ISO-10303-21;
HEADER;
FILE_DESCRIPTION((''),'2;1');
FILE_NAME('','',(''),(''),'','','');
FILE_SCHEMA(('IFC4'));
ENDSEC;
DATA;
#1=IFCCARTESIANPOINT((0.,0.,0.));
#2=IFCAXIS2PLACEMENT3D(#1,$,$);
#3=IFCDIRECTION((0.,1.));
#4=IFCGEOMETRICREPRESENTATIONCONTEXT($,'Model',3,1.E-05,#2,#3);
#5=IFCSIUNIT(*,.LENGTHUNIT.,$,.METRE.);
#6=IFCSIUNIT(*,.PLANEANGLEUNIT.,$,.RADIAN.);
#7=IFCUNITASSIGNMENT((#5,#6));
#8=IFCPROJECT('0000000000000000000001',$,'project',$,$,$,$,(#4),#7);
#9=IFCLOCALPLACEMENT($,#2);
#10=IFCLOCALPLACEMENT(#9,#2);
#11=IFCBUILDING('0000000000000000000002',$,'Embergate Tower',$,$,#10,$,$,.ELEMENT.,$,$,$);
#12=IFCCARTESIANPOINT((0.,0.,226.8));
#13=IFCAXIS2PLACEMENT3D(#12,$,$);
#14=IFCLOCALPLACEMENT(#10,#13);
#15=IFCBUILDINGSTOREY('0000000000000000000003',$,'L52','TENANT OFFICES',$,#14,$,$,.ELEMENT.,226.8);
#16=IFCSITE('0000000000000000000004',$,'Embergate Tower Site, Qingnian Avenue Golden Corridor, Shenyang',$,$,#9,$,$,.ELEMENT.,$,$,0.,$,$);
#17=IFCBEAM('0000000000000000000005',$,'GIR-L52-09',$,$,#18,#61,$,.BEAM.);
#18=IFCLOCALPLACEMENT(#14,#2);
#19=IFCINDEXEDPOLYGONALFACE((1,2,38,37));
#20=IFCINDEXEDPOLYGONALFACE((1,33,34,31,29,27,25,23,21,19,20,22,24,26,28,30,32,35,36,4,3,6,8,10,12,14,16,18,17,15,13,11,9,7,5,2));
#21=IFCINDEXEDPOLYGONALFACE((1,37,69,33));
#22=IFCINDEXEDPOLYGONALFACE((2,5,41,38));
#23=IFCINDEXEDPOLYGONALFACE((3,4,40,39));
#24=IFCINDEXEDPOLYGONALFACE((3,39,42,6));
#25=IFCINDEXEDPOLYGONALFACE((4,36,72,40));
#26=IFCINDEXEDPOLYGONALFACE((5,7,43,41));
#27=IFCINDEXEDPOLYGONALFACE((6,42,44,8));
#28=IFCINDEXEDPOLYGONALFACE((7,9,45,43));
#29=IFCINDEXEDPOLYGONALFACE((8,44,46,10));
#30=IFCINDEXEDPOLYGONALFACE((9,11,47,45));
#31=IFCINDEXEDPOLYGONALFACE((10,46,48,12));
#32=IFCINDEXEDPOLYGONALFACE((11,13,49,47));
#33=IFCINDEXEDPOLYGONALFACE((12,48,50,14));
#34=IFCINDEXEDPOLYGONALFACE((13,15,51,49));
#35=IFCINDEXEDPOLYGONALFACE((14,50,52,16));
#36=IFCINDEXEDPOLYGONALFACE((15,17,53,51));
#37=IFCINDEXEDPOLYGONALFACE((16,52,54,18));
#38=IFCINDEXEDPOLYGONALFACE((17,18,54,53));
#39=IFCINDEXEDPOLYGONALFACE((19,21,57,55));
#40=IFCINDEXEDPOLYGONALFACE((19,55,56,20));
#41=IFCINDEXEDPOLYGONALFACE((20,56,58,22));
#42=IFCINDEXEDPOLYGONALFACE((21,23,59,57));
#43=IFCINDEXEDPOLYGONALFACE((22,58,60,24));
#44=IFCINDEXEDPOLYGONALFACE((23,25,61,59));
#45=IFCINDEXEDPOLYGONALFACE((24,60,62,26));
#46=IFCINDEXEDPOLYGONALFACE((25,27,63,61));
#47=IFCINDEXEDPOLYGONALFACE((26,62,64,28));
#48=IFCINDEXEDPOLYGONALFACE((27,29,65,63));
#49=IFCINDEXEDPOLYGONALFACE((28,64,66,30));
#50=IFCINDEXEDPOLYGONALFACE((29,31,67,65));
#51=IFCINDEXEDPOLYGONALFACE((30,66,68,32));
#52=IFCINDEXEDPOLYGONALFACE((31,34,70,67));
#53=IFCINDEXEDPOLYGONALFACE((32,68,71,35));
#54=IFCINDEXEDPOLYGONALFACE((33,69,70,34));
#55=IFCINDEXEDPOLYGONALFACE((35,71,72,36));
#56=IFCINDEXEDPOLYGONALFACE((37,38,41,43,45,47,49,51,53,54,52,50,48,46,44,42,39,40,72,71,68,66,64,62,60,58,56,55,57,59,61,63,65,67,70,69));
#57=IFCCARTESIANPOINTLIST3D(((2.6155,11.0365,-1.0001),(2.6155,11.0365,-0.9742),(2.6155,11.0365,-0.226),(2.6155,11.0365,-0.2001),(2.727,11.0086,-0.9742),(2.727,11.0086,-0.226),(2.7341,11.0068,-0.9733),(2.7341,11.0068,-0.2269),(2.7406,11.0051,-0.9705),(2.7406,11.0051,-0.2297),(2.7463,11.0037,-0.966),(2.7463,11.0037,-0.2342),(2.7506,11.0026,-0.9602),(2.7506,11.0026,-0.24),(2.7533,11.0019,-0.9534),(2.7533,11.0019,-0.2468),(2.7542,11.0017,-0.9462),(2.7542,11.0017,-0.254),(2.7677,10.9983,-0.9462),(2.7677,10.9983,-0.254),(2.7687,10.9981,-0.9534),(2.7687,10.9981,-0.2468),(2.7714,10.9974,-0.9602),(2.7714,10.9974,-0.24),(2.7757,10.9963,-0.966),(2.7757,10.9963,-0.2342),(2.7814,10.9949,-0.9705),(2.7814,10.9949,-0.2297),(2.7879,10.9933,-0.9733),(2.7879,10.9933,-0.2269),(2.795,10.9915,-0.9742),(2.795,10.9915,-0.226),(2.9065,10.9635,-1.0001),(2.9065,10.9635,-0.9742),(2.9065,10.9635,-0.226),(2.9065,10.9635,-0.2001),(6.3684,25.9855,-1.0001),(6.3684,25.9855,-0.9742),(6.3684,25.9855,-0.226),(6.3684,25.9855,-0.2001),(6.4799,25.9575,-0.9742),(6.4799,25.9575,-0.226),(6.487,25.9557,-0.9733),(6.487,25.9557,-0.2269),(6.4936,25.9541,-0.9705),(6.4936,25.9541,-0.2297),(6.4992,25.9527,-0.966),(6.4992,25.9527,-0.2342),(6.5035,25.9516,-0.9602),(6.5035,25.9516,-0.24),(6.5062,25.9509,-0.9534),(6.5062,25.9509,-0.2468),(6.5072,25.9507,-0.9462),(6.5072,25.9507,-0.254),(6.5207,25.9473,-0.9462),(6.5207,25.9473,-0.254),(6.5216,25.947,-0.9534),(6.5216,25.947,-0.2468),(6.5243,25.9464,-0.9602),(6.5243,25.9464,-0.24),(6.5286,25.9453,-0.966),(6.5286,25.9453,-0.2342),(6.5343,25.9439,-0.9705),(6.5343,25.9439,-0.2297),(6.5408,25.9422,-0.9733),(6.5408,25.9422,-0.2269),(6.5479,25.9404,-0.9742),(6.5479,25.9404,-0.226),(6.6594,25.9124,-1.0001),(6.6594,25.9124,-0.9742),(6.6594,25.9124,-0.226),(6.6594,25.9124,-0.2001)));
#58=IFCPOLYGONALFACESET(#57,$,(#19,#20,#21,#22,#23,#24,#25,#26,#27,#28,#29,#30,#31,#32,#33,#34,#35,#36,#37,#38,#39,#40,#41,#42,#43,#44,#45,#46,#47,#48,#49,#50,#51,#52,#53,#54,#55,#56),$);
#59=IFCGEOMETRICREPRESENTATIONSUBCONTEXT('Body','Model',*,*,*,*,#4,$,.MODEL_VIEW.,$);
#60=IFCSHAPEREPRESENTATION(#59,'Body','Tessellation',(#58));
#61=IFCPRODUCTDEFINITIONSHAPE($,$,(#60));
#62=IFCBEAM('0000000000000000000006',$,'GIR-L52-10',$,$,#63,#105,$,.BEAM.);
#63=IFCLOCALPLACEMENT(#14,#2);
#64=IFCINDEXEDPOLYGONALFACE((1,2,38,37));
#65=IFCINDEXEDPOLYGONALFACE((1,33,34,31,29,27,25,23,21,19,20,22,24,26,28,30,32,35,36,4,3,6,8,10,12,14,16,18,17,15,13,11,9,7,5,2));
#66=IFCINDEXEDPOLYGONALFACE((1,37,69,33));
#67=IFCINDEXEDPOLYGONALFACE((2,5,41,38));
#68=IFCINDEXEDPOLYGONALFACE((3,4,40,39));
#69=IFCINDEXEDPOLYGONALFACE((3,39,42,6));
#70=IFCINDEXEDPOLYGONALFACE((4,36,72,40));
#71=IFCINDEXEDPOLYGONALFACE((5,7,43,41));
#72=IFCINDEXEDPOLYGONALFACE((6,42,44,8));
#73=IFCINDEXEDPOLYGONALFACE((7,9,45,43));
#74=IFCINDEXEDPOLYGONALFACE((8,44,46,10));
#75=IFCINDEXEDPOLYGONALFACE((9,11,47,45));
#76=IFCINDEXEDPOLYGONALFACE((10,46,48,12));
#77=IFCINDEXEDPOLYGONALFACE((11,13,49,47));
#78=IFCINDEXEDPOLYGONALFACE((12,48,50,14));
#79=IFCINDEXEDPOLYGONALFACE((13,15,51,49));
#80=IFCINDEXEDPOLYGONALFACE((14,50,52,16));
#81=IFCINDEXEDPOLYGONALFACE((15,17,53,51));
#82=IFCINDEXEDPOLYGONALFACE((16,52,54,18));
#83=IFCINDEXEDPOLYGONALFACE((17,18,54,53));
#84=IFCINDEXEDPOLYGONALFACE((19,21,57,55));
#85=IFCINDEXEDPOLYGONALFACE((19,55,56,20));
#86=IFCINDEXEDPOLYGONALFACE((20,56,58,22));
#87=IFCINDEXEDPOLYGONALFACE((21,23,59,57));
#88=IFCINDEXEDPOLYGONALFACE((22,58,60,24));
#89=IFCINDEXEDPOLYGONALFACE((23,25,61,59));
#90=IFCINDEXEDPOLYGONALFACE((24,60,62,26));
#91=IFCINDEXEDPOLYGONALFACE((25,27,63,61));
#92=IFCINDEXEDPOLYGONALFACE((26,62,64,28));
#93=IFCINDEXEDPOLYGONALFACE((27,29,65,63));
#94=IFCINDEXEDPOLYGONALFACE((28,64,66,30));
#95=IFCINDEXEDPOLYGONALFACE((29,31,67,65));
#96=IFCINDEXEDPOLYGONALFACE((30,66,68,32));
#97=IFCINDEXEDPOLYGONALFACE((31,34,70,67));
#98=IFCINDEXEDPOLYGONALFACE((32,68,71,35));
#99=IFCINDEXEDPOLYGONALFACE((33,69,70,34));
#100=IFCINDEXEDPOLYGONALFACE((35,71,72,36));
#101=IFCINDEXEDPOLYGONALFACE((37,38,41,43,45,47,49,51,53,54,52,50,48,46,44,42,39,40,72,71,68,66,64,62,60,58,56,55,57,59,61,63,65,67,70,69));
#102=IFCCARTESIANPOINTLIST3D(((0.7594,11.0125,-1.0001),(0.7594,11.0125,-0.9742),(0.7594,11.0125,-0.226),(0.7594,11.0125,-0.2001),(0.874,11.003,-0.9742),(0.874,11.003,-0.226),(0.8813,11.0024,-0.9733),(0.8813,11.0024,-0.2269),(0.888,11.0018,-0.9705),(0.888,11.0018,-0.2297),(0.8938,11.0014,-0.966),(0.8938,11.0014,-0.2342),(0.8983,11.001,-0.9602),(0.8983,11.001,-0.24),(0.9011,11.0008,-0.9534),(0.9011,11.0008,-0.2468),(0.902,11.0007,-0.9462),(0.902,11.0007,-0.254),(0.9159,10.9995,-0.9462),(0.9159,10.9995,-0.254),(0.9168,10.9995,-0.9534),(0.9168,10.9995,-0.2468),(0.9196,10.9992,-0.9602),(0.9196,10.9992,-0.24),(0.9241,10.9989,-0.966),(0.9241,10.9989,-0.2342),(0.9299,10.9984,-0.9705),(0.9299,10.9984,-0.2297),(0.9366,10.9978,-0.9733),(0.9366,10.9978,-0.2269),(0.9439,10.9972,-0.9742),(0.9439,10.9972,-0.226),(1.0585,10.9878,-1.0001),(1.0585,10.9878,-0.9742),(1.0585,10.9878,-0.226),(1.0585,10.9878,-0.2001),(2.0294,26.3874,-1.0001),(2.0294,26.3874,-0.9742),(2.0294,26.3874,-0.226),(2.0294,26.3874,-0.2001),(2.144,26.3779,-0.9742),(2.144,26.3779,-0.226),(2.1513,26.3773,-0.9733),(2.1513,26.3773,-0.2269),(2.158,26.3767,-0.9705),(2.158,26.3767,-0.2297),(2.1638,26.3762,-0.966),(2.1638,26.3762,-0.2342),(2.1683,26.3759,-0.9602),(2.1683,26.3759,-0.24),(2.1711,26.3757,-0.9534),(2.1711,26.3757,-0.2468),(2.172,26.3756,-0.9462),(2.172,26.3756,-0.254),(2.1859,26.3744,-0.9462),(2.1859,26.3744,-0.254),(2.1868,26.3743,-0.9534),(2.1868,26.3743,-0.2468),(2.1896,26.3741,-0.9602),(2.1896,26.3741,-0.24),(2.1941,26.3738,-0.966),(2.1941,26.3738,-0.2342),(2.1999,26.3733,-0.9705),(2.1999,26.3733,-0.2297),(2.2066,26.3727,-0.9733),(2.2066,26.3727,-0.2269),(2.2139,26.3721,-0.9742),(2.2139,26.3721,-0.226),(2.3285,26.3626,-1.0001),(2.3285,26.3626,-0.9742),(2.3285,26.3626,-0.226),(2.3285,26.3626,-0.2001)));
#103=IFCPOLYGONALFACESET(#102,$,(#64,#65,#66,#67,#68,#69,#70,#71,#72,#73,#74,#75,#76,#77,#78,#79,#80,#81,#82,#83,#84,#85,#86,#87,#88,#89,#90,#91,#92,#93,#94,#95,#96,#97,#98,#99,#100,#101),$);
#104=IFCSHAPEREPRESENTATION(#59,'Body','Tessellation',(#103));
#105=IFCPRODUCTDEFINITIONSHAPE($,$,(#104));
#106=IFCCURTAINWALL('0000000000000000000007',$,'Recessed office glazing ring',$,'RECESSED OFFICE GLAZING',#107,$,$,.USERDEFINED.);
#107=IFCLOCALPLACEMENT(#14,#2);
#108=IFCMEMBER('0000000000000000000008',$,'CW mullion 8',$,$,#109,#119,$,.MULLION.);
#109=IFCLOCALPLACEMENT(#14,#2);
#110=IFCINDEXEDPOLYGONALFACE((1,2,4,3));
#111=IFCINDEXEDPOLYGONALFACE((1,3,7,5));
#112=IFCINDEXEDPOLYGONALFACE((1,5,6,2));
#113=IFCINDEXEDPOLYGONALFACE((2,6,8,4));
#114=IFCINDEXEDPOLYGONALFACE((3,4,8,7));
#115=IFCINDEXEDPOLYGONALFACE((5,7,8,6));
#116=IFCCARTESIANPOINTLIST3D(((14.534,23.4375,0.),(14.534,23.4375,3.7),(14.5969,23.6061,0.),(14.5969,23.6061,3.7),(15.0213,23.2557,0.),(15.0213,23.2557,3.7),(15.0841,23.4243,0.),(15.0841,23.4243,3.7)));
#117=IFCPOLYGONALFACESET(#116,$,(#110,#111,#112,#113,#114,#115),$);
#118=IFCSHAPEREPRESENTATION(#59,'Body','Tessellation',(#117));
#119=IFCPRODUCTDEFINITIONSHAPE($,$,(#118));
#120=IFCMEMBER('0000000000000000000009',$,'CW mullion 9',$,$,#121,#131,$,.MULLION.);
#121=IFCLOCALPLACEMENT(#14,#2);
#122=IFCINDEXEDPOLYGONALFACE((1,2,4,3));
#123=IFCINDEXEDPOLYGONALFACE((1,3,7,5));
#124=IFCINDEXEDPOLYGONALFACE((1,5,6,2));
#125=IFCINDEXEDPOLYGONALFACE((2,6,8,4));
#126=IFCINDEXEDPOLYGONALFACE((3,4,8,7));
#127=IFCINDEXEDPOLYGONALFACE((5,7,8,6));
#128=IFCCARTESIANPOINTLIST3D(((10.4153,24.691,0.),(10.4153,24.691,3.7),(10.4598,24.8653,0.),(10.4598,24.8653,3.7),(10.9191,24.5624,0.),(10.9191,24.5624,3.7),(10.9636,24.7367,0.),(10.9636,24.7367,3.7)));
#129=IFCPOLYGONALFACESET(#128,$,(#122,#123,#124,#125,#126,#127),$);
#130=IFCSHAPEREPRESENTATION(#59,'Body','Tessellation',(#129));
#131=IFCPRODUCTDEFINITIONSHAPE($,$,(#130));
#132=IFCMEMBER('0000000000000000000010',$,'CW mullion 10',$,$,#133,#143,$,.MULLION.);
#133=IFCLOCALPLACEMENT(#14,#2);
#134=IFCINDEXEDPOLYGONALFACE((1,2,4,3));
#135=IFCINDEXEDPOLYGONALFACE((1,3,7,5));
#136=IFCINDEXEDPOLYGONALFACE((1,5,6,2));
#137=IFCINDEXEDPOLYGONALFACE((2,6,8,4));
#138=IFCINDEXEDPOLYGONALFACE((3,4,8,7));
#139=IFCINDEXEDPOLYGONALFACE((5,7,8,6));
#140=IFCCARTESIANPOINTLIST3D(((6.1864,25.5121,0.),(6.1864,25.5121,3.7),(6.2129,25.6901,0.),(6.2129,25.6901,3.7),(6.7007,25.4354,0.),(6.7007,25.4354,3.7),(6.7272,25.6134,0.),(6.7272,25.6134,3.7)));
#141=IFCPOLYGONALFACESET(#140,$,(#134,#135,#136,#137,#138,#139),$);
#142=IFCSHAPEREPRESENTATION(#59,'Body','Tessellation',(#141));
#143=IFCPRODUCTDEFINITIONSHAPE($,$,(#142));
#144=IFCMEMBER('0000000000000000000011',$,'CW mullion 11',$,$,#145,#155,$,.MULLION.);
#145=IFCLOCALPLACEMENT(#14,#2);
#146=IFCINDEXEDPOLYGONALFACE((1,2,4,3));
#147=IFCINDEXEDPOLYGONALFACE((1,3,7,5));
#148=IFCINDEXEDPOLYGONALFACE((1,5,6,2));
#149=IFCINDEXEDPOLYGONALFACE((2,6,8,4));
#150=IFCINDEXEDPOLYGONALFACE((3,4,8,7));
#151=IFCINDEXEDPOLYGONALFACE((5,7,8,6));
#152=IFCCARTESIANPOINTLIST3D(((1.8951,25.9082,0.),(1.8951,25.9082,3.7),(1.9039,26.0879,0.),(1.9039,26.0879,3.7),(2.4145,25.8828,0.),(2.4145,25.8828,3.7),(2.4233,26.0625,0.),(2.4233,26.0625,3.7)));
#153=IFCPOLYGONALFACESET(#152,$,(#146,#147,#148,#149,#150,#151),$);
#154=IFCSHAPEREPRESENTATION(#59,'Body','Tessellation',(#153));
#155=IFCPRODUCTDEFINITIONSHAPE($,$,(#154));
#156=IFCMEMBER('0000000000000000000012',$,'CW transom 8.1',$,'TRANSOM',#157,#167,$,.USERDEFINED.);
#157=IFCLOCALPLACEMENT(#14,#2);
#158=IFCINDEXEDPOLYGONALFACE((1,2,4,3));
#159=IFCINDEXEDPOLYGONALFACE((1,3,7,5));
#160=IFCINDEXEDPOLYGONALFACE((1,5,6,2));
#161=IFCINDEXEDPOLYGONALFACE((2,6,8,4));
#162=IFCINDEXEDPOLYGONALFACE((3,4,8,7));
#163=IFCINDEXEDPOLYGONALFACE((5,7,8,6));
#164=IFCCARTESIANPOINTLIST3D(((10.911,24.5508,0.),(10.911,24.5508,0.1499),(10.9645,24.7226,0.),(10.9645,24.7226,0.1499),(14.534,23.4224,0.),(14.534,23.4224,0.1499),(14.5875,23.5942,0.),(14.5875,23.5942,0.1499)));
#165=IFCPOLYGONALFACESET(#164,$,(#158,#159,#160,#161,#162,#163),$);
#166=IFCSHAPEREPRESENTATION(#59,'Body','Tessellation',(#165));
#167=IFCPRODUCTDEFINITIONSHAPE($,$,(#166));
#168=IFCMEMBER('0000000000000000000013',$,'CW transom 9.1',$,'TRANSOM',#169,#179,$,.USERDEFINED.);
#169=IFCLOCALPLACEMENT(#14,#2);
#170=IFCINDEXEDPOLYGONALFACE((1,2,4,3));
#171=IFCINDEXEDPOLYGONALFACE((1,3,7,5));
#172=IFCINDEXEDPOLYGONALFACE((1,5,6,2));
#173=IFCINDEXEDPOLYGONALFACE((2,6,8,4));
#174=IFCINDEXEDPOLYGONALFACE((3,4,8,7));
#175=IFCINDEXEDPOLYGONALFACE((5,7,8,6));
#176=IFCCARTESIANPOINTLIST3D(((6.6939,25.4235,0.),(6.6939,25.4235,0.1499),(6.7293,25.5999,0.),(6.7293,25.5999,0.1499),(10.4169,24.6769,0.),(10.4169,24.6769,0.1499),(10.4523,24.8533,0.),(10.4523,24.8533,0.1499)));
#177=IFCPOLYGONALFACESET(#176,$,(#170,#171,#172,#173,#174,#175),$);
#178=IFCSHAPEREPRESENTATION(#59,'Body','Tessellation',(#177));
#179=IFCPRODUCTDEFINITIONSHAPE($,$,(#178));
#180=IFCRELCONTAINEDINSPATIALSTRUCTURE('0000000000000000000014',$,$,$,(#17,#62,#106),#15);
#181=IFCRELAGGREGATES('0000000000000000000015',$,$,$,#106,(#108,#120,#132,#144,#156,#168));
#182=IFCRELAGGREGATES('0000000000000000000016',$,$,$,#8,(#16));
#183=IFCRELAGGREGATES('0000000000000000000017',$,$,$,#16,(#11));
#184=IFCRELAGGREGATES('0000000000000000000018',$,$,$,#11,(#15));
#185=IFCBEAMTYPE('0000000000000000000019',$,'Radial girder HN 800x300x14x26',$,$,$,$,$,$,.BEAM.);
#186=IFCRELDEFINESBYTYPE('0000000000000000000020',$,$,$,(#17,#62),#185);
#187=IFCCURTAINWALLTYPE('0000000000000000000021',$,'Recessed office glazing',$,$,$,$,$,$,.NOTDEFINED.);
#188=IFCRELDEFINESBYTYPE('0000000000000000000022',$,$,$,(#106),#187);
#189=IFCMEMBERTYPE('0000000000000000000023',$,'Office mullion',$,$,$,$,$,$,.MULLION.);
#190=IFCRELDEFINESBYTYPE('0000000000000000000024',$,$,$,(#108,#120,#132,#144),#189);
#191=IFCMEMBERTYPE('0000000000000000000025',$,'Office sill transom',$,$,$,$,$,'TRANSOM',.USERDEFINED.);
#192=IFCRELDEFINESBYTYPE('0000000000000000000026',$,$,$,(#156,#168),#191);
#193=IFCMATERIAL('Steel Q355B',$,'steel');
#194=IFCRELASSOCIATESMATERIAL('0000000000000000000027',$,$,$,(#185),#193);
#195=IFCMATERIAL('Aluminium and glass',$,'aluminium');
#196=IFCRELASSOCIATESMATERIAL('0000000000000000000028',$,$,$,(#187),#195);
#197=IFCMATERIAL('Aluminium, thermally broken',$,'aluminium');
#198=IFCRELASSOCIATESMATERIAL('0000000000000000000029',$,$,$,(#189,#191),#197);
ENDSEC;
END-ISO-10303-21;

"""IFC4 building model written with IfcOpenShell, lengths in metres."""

from ifc_helpers import new_model, si_unit, direction, frame, origin, origin_2d, place, context, subcontext, project, spatial, rectangle, i_section, extrude, source, transform, mapped, material, material_profile, profile_set, type_object, element, aggregate, save


model = new_model("IFC4")

# Units and contexts
model_context = context("Model", 3, precision=1e-05, world=origin(), true_north=direction((0.0, 1.0)))
body_context = subcontext(model_context, "Body", "Model", "MODEL_VIEW")
ifc_project = project(units=[si_unit("LENGTHUNIT", "METRE"), si_unit("PLANEANGLEUNIT", "RADIAN")], contexts=[model_context])

# Site, building, storey
site_placement = place(None, origin())
site = spatial("IfcSite", under=ifc_project, at=site_placement, Name="Embergate Tower Site, Qingnian Avenue Golden Corridor, Shenyang", CompositionType="ELEMENT", RefElevation=0.0)
building_placement = place(site_placement, origin())
building = spatial("IfcBuilding", under=site, at=building_placement, Name="Embergate Tower", CompositionType="ELEMENT")
storey_placement = place(building_placement, frame((0.0, 0.0, 226.8)))
storey = spatial("IfcBuildingStorey", under=building, at=storey_placement, Name="L52", Description="TENANT OFFICES", CompositionType="ELEMENT", Elevation=226.8)

# Beams
ifc_material_1 = material(Name="Steel Q355B", Category="steel")
ifc_material_profile_1 = material_profile(ifc_material_1, i_section(OverallWidth=0.3, OverallDepth=0.8, WebThickness=0.0139, FlangeThickness=0.0259, FilletRadius=0.0281, at=origin_2d()), Name="HN 800x300x14x26")
ifc_profile_set_1 = profile_set([ifc_material_profile_1], Name="Steel Q355 grade B")
beam_type_1 = type_object("IfcBeamType", Name="Radial girder HN 800x300x14x26", PredefinedType="BEAM", material=ifc_profile_set_1)
shared_shape_1 = source(origin(), body_context, "Body", "SweptSolid", [
    extrude(i_section(OverallWidth=0.3, OverallDepth=0.8, WebThickness=0.0139, FlangeThickness=0.0259, FilletRadius=0.0281, at=origin_2d()), origin(), (0.0, 0.0, 1.0), 15.4128),
])
beam_1_placement = place(storey_placement, frame((6.5139, 25.949, -0.6001), z_axis=(-0.243493, -0.969903, 0.0), x_axis=(0.969903, -0.243493, 0.0)))
element("IfcBeam", 1, at=beam_1_placement, inside=storey, type_object=beam_type_1, Name="GIR-L52-09", PredefinedType="BEAM", context=body_context, shape_type="MappedRepresentation", body=[
    mapped(shared_shape_1, transform((0.0, 0.0, 0.0))),
])
shared_shape_2 = source(origin(), body_context, "Body", "SweptSolid", [
    extrude(i_section(OverallWidth=0.3, OverallDepth=0.8, WebThickness=0.0139, FlangeThickness=0.0259, FilletRadius=0.0281, at=origin_2d()), origin(), (0.0, 0.0, 1.0), 15.4272),
])
beam_2_placement = place(storey_placement, frame((2.179, 26.375, -0.6001), z_axis=(-0.082323, -0.996606, 0.0), x_axis=(0.996606, -0.082323, 0.0)))
element("IfcBeam", 2, at=beam_2_placement, inside=storey, type_object=beam_type_1, Name="GIR-L52-10", PredefinedType="BEAM", context=body_context, shape_type="MappedRepresentation", body=[
    mapped(shared_shape_2, transform((0.0, 0.0, 0.0))),
])

# Curtain wall, members
ifc_material_2 = material(Name="Aluminium and glass", Category="aluminium")
curtain_wall_type = type_object("IfcCurtainWallType", Name="Recessed office glazing", PredefinedType="NOTDEFINED", material=ifc_material_2)
curtain_wall_placement = place(storey_placement, origin())
curtain_wall = element("IfcCurtainWall", 3, at=curtain_wall_placement, inside=storey, type_object=curtain_wall_type, Name="Recessed office glazing ring", ObjectType="RECESSED OFFICE GLAZING", PredefinedType="USERDEFINED")
ifc_material_3 = material(Name="Aluminium, thermally broken", Category="aluminium")
ifc_material_profile_2 = material_profile(ifc_material_3, rectangle(XDim=0.1799, YDim=0.52, at=origin_2d()), Name="AL 520x180")
ifc_profile_set_2 = profile_set([ifc_material_profile_2], Name="Aluminium, thermally broken")
member_type_1 = type_object("IfcMemberType", Name="Office mullion", PredefinedType="MULLION", material=ifc_profile_set_2)
shared_shape_3 = source(origin(), body_context, "Body", "SweptSolid", [
    extrude(rectangle(XDim=0.1799, YDim=0.52, at=origin_2d()), origin(), (0.0, 0.0, 1.0), 3.7),
])
member_1_placement = place(storey_placement, frame((14.8091, 23.4309, 0.0), z_axis=(0.0, 0.0, 1.0), x_axis=(-0.349504, -0.936935, 0.0)))
member_1 = element("IfcMember", 4, at=member_1_placement, type_object=member_type_1, Name="CW mullion 8", PredefinedType="MULLION", context=body_context, shape_type="MappedRepresentation", body=[
    mapped(shared_shape_3, transform((0.0, 0.0, 0.0))),
])
member_2_placement = place(storey_placement, frame((10.6895, 24.7139, 0.0), z_axis=(0.0, 0.0, 1.0), x_axis=(-0.247314, -0.968935, 0.0)))
member_2 = element("IfcMember", 5, at=member_2_placement, type_object=member_type_1, Name="CW mullion 9", PredefinedType="MULLION", context=body_context, shape_type="MappedRepresentation", body=[
    mapped(shared_shape_3, transform((0.0, 0.0, 0.0))),
])
member_3_placement = place(storey_placement, frame((6.4568, 25.5627, 0.0), z_axis=(0.0, 0.0, 1.0), x_axis=(-0.147414, -0.989075, 0.0)))
member_3 = element("IfcMember", 6, at=member_3_placement, type_object=member_type_1, Name="CW mullion 10", PredefinedType="MULLION", context=body_context, shape_type="MappedRepresentation", body=[
    mapped(shared_shape_3, transform((0.0, 0.0, 0.0))),
])
member_4_placement = place(storey_placement, frame((2.1592, 25.9854, 0.0), z_axis=(0.0, 0.0, 1.0), x_axis=(-0.048972, -0.9988, 0.0)))
member_4 = element("IfcMember", 7, at=member_4_placement, type_object=member_type_1, Name="CW mullion 11", PredefinedType="MULLION", context=body_context, shape_type="MappedRepresentation", body=[
    mapped(shared_shape_3, transform((0.0, 0.0, 0.0))),
])
ifc_material_profile_3 = material_profile(ifc_material_3, rectangle(XDim=0.1799, YDim=0.1499, at=origin_2d()), Name="AL 150x180")
ifc_profile_set_3 = profile_set([ifc_material_profile_3], Name="Aluminium, thermally broken")
member_type_2 = type_object("IfcMemberType", Name="Office sill transom", ElementType="TRANSOM", PredefinedType="USERDEFINED", material=ifc_profile_set_3)
shared_shape_4 = source(origin(), body_context, "Body", "SweptSolid", [
    extrude(rectangle(XDim=0.1799, YDim=0.1499, at=origin_2d()), origin(), (0.0, 0.0, 1.0), 3.7947),
])
member_5_placement = place(storey_placement, frame((14.5608, 23.5083, 0.075), z_axis=(-0.954763, 0.297366, 0.0), x_axis=(-0.297366, -0.954763, 0.0)))
member_5 = element("IfcMember", 8, at=member_5_placement, type_object=member_type_2, Name="CW transom 8.1", ObjectType="TRANSOM", PredefinedType="USERDEFINED", context=body_context, shape_type="MappedRepresentation", body=[
    mapped(shared_shape_4, transform((0.0, 0.0, 0.0))),
])
shared_shape_5 = source(origin(), body_context, "Body", "SweptSolid", [
    extrude(rectangle(XDim=0.1799, YDim=0.1499, at=origin_2d()), origin(), (0.0, 0.0, 1.0), 3.7971),
])
member_6_placement = place(storey_placement, frame((10.4346, 24.7651, 0.075), z_axis=(-0.980479, 0.196623, 0.0), x_axis=(-0.196623, -0.980479, 0.0)))
member_6 = element("IfcMember", 9, at=member_6_placement, type_object=member_type_2, Name="CW transom 9.1", ObjectType="TRANSOM", PredefinedType="USERDEFINED", context=body_context, shape_type="MappedRepresentation", body=[
    mapped(shared_shape_5, transform((0.0, 0.0, 0.0))),
])
aggregate(curtain_wall, [member_1, member_2, member_3, member_4, member_5, member_6])

save(model, "model.ifc")
